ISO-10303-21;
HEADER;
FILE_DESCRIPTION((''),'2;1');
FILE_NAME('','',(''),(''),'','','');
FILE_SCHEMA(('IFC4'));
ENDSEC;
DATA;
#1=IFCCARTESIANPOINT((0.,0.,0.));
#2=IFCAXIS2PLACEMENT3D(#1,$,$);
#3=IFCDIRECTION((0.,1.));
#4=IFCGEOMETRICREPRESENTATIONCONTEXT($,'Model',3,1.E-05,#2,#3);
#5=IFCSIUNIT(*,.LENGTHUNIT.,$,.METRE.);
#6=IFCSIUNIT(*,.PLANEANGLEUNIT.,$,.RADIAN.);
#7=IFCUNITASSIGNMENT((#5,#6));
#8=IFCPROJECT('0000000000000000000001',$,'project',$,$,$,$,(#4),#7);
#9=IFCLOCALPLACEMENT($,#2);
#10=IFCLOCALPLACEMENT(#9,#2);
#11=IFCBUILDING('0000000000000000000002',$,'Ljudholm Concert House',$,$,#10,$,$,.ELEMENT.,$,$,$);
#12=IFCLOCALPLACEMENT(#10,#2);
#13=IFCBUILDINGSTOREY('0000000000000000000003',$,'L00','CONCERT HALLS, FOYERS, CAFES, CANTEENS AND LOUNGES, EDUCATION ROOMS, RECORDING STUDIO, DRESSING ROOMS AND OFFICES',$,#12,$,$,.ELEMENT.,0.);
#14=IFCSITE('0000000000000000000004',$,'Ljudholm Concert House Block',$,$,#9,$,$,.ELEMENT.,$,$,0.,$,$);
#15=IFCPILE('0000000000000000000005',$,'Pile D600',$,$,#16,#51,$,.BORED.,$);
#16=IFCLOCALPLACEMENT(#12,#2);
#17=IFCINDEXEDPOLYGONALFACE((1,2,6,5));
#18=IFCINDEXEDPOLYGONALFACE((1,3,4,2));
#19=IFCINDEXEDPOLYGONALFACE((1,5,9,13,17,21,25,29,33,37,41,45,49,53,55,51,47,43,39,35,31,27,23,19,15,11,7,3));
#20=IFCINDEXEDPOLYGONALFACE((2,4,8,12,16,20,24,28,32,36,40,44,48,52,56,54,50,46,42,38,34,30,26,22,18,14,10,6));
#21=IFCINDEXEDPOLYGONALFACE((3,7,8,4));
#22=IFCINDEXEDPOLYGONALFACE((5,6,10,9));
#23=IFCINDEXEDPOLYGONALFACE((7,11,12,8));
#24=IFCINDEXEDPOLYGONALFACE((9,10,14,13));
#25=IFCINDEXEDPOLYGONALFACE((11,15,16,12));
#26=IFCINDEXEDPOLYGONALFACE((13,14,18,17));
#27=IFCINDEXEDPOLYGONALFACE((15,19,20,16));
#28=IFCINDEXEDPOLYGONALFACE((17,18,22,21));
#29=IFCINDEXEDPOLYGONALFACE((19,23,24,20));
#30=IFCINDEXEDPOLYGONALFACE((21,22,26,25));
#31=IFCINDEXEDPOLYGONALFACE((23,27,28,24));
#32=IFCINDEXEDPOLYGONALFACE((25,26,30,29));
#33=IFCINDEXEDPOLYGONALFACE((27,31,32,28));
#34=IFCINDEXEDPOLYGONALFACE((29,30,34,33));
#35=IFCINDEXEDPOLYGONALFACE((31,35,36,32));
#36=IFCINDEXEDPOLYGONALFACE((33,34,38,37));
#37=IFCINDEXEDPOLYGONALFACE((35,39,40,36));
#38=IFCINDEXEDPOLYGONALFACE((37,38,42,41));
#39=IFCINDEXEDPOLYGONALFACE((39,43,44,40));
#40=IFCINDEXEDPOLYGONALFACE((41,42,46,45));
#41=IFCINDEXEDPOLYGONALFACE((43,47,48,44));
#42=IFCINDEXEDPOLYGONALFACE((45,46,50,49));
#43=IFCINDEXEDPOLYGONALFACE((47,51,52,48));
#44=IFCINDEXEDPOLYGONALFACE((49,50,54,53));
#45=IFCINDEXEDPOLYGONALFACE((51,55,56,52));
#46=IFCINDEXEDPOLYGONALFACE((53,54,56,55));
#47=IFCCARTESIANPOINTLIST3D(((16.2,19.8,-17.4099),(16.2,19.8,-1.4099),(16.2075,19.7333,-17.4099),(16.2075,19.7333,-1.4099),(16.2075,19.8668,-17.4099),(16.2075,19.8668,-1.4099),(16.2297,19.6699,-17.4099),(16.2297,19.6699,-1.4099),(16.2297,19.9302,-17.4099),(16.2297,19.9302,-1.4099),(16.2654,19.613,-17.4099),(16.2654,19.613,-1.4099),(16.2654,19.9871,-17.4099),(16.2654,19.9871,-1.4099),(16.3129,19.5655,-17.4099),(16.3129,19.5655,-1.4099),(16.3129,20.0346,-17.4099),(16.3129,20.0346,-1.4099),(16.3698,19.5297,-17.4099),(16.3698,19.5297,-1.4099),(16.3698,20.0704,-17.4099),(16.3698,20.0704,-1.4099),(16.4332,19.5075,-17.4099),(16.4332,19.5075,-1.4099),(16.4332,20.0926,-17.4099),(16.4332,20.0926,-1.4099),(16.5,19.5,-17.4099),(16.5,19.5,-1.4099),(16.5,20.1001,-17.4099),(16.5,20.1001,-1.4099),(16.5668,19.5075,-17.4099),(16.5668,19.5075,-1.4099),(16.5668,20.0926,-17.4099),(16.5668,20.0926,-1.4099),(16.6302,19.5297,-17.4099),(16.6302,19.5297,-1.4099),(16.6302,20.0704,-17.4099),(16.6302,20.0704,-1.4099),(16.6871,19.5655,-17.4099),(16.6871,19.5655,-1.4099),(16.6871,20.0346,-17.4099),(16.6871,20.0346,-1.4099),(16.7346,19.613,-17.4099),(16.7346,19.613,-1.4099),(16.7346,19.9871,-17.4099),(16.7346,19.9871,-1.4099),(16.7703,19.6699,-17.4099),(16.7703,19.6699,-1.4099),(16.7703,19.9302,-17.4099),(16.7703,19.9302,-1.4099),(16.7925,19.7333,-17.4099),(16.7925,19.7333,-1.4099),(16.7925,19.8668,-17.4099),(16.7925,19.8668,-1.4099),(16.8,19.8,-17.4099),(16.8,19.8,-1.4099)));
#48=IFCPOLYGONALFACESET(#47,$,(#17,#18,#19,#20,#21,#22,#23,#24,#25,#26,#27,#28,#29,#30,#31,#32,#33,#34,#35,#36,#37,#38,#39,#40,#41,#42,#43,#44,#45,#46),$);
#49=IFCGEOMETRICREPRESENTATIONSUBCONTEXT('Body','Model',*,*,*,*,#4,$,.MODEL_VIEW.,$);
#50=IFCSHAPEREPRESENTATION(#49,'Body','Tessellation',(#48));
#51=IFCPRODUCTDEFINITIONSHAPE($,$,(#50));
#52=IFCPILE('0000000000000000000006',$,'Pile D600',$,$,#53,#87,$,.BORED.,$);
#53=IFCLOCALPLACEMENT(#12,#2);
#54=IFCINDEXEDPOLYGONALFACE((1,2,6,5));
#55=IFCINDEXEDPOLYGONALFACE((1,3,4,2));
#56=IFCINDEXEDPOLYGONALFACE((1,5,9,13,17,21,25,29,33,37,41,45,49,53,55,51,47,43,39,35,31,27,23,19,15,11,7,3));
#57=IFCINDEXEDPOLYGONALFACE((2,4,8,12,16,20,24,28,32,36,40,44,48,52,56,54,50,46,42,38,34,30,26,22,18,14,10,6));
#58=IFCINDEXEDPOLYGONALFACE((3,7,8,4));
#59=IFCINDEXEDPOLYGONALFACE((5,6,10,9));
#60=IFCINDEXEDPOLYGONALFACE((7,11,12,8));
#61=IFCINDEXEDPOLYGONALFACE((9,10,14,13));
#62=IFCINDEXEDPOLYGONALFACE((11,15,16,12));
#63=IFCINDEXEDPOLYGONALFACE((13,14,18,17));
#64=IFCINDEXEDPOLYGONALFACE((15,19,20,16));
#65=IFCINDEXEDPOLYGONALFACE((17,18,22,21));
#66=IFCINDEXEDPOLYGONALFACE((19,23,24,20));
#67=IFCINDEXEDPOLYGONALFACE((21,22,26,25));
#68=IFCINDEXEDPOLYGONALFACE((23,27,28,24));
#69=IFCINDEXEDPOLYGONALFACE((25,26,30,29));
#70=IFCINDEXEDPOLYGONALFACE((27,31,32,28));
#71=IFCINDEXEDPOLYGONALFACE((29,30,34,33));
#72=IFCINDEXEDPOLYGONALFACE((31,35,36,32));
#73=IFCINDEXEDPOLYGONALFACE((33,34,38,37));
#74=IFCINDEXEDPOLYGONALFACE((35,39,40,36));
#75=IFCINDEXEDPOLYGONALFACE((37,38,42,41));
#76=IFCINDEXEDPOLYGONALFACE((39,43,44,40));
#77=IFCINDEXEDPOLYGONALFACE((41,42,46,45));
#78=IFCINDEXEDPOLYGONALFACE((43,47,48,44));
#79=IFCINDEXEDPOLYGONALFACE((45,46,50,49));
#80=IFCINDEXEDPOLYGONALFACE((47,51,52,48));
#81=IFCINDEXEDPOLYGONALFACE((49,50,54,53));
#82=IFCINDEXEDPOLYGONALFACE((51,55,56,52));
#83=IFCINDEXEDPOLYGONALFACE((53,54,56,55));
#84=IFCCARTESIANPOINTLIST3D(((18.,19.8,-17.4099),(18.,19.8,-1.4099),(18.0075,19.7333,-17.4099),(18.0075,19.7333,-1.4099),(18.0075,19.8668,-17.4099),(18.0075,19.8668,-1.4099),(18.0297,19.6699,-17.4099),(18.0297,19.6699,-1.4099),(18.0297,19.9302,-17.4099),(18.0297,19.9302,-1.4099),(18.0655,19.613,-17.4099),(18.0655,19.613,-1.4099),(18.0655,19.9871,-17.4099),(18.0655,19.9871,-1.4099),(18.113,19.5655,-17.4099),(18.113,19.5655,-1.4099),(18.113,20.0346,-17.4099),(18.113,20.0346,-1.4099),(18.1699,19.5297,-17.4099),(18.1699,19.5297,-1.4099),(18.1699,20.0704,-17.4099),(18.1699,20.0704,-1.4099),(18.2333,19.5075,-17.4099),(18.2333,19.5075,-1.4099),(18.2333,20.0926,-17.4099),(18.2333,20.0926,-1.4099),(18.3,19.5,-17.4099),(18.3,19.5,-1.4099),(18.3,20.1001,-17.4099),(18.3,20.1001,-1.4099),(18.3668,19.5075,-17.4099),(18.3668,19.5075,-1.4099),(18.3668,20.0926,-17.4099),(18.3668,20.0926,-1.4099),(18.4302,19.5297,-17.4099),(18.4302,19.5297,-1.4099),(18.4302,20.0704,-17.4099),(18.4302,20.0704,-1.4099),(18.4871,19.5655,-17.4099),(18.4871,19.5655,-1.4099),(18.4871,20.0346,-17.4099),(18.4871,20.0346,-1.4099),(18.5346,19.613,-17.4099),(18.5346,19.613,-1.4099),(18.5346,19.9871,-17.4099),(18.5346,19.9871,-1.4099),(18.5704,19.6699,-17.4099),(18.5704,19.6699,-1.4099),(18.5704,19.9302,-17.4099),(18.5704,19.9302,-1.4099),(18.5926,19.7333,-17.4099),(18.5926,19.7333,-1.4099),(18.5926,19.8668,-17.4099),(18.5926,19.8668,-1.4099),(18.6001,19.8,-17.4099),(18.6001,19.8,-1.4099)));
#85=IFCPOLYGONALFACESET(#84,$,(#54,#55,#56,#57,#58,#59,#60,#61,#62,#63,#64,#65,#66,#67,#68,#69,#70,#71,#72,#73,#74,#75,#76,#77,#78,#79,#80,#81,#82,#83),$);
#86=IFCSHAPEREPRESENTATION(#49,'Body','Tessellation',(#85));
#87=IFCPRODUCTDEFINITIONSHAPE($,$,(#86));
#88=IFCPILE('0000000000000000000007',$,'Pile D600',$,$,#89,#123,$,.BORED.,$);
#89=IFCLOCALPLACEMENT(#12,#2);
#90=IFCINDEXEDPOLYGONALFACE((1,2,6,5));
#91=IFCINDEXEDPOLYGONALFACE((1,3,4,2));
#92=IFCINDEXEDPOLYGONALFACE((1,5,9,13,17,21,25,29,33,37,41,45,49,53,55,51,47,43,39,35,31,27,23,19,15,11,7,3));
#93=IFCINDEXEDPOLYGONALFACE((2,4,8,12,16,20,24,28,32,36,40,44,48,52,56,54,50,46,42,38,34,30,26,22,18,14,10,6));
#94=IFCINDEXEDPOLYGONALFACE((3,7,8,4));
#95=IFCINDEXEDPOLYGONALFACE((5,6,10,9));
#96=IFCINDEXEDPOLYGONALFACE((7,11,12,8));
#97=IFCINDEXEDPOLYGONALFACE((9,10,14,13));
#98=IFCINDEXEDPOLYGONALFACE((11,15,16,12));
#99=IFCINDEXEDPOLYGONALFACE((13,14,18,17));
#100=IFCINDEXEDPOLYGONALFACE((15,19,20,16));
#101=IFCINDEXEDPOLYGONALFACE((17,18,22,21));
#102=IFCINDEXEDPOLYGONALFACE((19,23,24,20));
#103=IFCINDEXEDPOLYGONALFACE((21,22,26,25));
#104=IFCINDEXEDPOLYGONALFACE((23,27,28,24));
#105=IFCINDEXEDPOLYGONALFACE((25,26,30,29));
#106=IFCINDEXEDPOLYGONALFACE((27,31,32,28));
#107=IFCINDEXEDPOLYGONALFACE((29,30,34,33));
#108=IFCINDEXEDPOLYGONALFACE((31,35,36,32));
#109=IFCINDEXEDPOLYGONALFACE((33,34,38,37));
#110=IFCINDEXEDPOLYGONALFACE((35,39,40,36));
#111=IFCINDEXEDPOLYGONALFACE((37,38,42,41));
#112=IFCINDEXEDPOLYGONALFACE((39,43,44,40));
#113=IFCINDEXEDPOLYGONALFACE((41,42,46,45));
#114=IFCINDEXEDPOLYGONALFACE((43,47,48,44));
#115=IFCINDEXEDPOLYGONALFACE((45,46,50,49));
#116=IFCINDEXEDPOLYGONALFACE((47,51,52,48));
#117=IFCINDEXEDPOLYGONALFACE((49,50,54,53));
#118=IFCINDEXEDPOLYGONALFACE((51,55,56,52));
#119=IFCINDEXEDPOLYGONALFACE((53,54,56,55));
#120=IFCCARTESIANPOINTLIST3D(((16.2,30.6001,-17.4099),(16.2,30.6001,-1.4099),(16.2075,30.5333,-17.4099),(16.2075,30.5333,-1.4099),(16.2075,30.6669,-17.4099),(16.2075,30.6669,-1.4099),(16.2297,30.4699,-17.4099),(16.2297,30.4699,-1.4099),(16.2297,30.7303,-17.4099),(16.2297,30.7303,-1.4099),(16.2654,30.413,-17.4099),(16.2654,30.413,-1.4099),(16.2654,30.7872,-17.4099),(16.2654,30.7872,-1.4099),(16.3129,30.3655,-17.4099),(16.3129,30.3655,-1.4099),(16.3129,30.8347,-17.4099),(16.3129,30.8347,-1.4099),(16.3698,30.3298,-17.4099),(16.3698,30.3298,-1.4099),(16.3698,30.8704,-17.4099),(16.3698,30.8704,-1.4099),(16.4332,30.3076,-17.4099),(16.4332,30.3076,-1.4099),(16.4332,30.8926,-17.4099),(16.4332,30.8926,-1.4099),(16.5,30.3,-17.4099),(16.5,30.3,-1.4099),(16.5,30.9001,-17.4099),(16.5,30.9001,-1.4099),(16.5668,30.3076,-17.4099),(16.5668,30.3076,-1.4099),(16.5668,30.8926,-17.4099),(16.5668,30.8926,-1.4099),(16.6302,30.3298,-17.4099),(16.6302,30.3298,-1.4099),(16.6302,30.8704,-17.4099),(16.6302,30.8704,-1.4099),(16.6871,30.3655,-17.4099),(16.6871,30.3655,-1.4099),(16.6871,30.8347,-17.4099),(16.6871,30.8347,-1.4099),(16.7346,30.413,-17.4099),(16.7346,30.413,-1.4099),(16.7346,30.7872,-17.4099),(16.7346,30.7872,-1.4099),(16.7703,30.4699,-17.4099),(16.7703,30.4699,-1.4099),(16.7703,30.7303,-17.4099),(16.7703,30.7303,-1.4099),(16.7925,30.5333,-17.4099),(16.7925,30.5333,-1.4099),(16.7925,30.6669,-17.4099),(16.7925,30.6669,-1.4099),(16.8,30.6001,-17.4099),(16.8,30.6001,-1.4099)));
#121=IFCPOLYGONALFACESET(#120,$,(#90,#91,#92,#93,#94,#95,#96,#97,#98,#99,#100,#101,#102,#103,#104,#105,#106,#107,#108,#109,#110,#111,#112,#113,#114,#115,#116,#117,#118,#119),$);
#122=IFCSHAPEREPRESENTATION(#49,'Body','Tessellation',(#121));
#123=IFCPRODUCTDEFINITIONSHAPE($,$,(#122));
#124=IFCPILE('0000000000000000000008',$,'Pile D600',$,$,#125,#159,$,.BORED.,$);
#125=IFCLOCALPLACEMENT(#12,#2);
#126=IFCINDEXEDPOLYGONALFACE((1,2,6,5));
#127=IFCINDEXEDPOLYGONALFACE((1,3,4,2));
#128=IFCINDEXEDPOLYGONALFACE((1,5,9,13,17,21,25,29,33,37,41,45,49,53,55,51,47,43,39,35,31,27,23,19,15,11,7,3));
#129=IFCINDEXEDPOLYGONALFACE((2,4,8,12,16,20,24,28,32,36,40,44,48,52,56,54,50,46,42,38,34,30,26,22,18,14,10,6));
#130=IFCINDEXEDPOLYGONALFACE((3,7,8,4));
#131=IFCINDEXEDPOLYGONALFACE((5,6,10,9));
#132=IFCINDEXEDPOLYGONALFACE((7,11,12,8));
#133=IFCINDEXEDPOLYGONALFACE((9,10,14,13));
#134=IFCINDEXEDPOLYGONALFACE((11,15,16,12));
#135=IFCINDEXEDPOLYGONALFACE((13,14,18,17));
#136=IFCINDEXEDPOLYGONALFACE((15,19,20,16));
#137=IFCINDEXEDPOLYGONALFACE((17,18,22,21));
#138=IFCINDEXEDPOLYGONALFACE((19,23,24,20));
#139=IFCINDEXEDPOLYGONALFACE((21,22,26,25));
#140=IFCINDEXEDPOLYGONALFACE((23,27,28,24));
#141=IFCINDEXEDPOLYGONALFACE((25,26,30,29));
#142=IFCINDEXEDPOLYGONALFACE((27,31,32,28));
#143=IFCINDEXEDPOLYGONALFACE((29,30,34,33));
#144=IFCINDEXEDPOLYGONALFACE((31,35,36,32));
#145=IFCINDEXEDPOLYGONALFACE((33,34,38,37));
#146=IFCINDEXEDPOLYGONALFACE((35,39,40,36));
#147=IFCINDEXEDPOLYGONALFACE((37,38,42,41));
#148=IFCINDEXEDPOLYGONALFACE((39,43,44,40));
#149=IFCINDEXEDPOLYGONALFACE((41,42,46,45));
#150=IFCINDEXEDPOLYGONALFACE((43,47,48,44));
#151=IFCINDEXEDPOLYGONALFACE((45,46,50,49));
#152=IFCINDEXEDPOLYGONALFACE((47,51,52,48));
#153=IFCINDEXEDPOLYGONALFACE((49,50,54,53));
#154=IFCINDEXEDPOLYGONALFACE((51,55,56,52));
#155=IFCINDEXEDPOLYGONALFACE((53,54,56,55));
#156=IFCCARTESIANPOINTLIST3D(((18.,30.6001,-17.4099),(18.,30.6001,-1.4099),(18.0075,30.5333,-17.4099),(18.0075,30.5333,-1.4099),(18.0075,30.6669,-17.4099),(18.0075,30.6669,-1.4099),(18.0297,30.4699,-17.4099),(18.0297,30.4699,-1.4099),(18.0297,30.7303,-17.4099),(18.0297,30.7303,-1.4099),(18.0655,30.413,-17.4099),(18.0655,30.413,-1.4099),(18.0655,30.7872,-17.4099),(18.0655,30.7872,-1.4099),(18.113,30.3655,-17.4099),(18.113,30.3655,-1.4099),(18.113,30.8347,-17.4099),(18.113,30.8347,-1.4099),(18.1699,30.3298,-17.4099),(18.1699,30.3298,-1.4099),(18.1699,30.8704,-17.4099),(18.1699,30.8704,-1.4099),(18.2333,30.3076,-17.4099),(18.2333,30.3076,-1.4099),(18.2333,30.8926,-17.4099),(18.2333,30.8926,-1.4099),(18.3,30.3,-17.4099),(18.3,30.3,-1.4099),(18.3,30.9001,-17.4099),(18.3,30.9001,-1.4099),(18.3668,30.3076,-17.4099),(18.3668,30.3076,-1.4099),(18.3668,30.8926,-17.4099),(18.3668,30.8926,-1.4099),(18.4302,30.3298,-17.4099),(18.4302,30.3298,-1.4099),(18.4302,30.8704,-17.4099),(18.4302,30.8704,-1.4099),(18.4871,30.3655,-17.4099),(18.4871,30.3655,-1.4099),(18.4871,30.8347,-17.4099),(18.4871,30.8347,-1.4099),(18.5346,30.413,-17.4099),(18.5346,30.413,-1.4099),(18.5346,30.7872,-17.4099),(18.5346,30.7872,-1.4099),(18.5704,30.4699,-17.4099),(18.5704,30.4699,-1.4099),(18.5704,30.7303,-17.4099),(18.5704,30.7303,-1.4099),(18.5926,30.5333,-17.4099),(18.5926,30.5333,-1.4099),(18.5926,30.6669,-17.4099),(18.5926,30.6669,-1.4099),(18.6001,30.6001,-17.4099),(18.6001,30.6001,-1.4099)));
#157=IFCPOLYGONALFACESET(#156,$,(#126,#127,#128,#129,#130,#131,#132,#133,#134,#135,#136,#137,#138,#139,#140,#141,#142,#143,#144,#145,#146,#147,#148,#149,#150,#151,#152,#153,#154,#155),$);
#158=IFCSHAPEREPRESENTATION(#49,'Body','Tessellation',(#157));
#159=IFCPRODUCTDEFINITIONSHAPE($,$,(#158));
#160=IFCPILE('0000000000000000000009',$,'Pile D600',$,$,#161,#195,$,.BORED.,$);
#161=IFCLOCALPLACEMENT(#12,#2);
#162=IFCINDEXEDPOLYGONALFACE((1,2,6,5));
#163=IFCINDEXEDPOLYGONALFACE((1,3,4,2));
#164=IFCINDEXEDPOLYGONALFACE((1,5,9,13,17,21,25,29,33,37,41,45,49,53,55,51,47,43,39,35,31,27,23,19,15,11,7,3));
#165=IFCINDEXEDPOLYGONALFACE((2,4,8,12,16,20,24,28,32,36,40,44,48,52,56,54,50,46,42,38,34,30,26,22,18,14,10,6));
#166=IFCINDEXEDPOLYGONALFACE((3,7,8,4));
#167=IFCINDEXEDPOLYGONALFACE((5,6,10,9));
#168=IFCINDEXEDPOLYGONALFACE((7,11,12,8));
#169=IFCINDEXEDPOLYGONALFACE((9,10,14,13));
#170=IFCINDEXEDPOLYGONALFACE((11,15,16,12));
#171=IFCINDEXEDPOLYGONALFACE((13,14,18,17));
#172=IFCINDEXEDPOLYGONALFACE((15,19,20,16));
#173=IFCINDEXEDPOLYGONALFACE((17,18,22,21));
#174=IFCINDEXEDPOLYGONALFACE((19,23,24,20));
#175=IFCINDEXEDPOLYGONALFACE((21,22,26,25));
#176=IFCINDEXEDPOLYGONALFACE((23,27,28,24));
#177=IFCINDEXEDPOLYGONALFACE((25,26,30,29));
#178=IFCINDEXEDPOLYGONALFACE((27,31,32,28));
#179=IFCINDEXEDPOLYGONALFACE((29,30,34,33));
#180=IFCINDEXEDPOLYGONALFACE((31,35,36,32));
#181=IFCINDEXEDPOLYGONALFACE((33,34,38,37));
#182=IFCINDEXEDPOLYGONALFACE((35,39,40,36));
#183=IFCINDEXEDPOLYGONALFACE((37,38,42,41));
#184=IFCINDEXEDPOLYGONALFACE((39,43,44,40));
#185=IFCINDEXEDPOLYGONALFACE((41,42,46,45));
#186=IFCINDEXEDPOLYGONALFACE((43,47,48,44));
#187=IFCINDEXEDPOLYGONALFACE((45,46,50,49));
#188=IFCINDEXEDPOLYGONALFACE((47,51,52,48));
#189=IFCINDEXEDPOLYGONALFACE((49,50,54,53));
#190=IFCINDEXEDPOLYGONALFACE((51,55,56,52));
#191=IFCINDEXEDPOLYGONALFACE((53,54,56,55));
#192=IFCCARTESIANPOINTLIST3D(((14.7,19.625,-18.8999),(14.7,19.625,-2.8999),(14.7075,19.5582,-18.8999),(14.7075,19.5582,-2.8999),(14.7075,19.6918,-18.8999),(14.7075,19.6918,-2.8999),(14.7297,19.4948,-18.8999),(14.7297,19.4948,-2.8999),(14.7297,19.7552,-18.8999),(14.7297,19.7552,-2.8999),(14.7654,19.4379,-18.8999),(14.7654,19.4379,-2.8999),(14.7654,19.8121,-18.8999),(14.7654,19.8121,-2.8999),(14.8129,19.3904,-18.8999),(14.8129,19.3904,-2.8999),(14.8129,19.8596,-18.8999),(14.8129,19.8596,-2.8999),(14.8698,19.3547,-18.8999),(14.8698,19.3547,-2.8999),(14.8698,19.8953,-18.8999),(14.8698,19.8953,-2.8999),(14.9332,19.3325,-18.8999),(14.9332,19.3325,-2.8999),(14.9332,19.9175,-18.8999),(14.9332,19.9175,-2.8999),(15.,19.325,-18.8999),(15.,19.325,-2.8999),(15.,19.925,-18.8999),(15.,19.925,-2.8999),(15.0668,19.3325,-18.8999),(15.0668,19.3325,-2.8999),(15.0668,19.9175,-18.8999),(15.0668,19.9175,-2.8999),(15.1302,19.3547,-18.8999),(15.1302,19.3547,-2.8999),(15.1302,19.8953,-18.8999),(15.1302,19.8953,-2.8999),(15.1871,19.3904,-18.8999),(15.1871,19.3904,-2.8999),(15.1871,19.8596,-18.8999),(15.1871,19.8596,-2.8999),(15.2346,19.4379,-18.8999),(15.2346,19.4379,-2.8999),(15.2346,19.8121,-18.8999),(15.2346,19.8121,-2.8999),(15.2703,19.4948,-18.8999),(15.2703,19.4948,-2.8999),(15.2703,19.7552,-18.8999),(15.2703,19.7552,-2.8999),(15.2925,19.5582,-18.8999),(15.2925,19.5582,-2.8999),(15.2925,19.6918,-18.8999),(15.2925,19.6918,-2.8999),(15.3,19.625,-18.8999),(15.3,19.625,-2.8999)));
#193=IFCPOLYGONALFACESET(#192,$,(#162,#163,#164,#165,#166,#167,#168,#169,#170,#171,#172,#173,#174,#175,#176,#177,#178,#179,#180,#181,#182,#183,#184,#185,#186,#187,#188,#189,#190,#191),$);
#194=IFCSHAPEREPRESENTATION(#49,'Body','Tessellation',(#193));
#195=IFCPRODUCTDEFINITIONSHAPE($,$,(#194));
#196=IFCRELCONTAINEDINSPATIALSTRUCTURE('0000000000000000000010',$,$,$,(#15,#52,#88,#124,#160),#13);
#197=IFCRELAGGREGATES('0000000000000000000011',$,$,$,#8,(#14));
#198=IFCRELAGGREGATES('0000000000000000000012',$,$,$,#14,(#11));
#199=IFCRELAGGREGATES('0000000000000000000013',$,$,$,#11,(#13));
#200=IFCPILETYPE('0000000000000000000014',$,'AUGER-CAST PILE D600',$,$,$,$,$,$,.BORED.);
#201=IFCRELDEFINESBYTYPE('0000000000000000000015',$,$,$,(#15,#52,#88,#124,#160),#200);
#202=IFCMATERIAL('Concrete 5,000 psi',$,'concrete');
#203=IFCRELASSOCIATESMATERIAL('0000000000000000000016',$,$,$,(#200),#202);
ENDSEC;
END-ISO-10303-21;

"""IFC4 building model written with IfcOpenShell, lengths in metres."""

from ifc_helpers import new_model, si_unit, direction, frame, origin, origin_2d, place, context, subcontext, project, spatial, circle, extrude, material, material_profile, profile_set, type_object, element, save


model = new_model("IFC4")

# Units and contexts
model_context = context("Model", 3, precision=1e-05, world=origin(), true_north=direction((0.0, 1.0)))
body_context = subcontext(model_context, "Body", "Model", "MODEL_VIEW")
ifc_project = project(units=[si_unit("LENGTHUNIT", "METRE"), si_unit("PLANEANGLEUNIT", "RADIAN")], contexts=[model_context])

# Site, building, storey
site_placement = place(None, origin())
site = spatial("IfcSite", under=ifc_project, at=site_placement, Name="Ljudholm Concert House Block", CompositionType="ELEMENT", RefElevation=0.0)
building_placement = place(site_placement, origin())
building = spatial("IfcBuilding", under=site, at=building_placement, Name="Ljudholm Concert House", CompositionType="ELEMENT")
storey_placement = place(building_placement, origin())
storey = spatial("IfcBuildingStorey", under=building, at=storey_placement, Name="L00", Description="CONCERT HALLS, FOYERS, CAFES, CANTEENS AND LOUNGES, EDUCATION ROOMS, RECORDING STUDIO, DRESSING ROOMS AND OFFICES", CompositionType="ELEMENT", Elevation=0.0)

# Piles
ifc_material_1 = material(Name="Concrete 5,000 psi", Category="concrete")
ifc_material_profile_1 = material_profile(ifc_material_1, circle(Radius=0.3, at=origin_2d()), Name="AUGER-CAST PILE D600")
ifc_profile_set_1 = profile_set([ifc_material_profile_1], Name="Concrete 5,000 psi")
pile_type = type_object("IfcPileType", Name="AUGER-CAST PILE D600", PredefinedType="BORED", material=ifc_profile_set_1)
for number, where, z_axis, x_axis, name in (
    (1, (16.5, 19.8, -1.4099), (0.0, 0.0, -1.0), (1.0, 0.0, 0.0), "Pile D600"),
    (2, (18.3, 19.8, -1.4099), (0.0, 0.0, -1.0), (1.0, 0.0, 0.0), "Pile D600"),
    (3, (16.5, 30.6001, -1.4099), (0.0, 0.0, -1.0), (1.0, 0.0, 0.0), "Pile D600"),
    (4, (18.3, 30.6001, -1.4099), (0.0, 0.0, -1.0), (1.0, 0.0, 0.0), "Pile D600"),
    (5, (15.0, 19.625, -2.8999), (0.0, 0.0, -1.0), (1.0, 0.0, 0.0), "Pile D600"),
):
    element("IfcPile", number, at=place(storey_placement, frame(where, z_axis=z_axis, x_axis=x_axis)), inside=storey, type_object=pile_type, Name=name, PredefinedType="BORED", context=body_context, shape_type="SweptSolid", body=[
        extrude(circle(Radius=0.3, at=origin_2d()), origin(), (0.0, 0.0, 1.0), 16.0),
    ])

save(model, "model.ifc")
